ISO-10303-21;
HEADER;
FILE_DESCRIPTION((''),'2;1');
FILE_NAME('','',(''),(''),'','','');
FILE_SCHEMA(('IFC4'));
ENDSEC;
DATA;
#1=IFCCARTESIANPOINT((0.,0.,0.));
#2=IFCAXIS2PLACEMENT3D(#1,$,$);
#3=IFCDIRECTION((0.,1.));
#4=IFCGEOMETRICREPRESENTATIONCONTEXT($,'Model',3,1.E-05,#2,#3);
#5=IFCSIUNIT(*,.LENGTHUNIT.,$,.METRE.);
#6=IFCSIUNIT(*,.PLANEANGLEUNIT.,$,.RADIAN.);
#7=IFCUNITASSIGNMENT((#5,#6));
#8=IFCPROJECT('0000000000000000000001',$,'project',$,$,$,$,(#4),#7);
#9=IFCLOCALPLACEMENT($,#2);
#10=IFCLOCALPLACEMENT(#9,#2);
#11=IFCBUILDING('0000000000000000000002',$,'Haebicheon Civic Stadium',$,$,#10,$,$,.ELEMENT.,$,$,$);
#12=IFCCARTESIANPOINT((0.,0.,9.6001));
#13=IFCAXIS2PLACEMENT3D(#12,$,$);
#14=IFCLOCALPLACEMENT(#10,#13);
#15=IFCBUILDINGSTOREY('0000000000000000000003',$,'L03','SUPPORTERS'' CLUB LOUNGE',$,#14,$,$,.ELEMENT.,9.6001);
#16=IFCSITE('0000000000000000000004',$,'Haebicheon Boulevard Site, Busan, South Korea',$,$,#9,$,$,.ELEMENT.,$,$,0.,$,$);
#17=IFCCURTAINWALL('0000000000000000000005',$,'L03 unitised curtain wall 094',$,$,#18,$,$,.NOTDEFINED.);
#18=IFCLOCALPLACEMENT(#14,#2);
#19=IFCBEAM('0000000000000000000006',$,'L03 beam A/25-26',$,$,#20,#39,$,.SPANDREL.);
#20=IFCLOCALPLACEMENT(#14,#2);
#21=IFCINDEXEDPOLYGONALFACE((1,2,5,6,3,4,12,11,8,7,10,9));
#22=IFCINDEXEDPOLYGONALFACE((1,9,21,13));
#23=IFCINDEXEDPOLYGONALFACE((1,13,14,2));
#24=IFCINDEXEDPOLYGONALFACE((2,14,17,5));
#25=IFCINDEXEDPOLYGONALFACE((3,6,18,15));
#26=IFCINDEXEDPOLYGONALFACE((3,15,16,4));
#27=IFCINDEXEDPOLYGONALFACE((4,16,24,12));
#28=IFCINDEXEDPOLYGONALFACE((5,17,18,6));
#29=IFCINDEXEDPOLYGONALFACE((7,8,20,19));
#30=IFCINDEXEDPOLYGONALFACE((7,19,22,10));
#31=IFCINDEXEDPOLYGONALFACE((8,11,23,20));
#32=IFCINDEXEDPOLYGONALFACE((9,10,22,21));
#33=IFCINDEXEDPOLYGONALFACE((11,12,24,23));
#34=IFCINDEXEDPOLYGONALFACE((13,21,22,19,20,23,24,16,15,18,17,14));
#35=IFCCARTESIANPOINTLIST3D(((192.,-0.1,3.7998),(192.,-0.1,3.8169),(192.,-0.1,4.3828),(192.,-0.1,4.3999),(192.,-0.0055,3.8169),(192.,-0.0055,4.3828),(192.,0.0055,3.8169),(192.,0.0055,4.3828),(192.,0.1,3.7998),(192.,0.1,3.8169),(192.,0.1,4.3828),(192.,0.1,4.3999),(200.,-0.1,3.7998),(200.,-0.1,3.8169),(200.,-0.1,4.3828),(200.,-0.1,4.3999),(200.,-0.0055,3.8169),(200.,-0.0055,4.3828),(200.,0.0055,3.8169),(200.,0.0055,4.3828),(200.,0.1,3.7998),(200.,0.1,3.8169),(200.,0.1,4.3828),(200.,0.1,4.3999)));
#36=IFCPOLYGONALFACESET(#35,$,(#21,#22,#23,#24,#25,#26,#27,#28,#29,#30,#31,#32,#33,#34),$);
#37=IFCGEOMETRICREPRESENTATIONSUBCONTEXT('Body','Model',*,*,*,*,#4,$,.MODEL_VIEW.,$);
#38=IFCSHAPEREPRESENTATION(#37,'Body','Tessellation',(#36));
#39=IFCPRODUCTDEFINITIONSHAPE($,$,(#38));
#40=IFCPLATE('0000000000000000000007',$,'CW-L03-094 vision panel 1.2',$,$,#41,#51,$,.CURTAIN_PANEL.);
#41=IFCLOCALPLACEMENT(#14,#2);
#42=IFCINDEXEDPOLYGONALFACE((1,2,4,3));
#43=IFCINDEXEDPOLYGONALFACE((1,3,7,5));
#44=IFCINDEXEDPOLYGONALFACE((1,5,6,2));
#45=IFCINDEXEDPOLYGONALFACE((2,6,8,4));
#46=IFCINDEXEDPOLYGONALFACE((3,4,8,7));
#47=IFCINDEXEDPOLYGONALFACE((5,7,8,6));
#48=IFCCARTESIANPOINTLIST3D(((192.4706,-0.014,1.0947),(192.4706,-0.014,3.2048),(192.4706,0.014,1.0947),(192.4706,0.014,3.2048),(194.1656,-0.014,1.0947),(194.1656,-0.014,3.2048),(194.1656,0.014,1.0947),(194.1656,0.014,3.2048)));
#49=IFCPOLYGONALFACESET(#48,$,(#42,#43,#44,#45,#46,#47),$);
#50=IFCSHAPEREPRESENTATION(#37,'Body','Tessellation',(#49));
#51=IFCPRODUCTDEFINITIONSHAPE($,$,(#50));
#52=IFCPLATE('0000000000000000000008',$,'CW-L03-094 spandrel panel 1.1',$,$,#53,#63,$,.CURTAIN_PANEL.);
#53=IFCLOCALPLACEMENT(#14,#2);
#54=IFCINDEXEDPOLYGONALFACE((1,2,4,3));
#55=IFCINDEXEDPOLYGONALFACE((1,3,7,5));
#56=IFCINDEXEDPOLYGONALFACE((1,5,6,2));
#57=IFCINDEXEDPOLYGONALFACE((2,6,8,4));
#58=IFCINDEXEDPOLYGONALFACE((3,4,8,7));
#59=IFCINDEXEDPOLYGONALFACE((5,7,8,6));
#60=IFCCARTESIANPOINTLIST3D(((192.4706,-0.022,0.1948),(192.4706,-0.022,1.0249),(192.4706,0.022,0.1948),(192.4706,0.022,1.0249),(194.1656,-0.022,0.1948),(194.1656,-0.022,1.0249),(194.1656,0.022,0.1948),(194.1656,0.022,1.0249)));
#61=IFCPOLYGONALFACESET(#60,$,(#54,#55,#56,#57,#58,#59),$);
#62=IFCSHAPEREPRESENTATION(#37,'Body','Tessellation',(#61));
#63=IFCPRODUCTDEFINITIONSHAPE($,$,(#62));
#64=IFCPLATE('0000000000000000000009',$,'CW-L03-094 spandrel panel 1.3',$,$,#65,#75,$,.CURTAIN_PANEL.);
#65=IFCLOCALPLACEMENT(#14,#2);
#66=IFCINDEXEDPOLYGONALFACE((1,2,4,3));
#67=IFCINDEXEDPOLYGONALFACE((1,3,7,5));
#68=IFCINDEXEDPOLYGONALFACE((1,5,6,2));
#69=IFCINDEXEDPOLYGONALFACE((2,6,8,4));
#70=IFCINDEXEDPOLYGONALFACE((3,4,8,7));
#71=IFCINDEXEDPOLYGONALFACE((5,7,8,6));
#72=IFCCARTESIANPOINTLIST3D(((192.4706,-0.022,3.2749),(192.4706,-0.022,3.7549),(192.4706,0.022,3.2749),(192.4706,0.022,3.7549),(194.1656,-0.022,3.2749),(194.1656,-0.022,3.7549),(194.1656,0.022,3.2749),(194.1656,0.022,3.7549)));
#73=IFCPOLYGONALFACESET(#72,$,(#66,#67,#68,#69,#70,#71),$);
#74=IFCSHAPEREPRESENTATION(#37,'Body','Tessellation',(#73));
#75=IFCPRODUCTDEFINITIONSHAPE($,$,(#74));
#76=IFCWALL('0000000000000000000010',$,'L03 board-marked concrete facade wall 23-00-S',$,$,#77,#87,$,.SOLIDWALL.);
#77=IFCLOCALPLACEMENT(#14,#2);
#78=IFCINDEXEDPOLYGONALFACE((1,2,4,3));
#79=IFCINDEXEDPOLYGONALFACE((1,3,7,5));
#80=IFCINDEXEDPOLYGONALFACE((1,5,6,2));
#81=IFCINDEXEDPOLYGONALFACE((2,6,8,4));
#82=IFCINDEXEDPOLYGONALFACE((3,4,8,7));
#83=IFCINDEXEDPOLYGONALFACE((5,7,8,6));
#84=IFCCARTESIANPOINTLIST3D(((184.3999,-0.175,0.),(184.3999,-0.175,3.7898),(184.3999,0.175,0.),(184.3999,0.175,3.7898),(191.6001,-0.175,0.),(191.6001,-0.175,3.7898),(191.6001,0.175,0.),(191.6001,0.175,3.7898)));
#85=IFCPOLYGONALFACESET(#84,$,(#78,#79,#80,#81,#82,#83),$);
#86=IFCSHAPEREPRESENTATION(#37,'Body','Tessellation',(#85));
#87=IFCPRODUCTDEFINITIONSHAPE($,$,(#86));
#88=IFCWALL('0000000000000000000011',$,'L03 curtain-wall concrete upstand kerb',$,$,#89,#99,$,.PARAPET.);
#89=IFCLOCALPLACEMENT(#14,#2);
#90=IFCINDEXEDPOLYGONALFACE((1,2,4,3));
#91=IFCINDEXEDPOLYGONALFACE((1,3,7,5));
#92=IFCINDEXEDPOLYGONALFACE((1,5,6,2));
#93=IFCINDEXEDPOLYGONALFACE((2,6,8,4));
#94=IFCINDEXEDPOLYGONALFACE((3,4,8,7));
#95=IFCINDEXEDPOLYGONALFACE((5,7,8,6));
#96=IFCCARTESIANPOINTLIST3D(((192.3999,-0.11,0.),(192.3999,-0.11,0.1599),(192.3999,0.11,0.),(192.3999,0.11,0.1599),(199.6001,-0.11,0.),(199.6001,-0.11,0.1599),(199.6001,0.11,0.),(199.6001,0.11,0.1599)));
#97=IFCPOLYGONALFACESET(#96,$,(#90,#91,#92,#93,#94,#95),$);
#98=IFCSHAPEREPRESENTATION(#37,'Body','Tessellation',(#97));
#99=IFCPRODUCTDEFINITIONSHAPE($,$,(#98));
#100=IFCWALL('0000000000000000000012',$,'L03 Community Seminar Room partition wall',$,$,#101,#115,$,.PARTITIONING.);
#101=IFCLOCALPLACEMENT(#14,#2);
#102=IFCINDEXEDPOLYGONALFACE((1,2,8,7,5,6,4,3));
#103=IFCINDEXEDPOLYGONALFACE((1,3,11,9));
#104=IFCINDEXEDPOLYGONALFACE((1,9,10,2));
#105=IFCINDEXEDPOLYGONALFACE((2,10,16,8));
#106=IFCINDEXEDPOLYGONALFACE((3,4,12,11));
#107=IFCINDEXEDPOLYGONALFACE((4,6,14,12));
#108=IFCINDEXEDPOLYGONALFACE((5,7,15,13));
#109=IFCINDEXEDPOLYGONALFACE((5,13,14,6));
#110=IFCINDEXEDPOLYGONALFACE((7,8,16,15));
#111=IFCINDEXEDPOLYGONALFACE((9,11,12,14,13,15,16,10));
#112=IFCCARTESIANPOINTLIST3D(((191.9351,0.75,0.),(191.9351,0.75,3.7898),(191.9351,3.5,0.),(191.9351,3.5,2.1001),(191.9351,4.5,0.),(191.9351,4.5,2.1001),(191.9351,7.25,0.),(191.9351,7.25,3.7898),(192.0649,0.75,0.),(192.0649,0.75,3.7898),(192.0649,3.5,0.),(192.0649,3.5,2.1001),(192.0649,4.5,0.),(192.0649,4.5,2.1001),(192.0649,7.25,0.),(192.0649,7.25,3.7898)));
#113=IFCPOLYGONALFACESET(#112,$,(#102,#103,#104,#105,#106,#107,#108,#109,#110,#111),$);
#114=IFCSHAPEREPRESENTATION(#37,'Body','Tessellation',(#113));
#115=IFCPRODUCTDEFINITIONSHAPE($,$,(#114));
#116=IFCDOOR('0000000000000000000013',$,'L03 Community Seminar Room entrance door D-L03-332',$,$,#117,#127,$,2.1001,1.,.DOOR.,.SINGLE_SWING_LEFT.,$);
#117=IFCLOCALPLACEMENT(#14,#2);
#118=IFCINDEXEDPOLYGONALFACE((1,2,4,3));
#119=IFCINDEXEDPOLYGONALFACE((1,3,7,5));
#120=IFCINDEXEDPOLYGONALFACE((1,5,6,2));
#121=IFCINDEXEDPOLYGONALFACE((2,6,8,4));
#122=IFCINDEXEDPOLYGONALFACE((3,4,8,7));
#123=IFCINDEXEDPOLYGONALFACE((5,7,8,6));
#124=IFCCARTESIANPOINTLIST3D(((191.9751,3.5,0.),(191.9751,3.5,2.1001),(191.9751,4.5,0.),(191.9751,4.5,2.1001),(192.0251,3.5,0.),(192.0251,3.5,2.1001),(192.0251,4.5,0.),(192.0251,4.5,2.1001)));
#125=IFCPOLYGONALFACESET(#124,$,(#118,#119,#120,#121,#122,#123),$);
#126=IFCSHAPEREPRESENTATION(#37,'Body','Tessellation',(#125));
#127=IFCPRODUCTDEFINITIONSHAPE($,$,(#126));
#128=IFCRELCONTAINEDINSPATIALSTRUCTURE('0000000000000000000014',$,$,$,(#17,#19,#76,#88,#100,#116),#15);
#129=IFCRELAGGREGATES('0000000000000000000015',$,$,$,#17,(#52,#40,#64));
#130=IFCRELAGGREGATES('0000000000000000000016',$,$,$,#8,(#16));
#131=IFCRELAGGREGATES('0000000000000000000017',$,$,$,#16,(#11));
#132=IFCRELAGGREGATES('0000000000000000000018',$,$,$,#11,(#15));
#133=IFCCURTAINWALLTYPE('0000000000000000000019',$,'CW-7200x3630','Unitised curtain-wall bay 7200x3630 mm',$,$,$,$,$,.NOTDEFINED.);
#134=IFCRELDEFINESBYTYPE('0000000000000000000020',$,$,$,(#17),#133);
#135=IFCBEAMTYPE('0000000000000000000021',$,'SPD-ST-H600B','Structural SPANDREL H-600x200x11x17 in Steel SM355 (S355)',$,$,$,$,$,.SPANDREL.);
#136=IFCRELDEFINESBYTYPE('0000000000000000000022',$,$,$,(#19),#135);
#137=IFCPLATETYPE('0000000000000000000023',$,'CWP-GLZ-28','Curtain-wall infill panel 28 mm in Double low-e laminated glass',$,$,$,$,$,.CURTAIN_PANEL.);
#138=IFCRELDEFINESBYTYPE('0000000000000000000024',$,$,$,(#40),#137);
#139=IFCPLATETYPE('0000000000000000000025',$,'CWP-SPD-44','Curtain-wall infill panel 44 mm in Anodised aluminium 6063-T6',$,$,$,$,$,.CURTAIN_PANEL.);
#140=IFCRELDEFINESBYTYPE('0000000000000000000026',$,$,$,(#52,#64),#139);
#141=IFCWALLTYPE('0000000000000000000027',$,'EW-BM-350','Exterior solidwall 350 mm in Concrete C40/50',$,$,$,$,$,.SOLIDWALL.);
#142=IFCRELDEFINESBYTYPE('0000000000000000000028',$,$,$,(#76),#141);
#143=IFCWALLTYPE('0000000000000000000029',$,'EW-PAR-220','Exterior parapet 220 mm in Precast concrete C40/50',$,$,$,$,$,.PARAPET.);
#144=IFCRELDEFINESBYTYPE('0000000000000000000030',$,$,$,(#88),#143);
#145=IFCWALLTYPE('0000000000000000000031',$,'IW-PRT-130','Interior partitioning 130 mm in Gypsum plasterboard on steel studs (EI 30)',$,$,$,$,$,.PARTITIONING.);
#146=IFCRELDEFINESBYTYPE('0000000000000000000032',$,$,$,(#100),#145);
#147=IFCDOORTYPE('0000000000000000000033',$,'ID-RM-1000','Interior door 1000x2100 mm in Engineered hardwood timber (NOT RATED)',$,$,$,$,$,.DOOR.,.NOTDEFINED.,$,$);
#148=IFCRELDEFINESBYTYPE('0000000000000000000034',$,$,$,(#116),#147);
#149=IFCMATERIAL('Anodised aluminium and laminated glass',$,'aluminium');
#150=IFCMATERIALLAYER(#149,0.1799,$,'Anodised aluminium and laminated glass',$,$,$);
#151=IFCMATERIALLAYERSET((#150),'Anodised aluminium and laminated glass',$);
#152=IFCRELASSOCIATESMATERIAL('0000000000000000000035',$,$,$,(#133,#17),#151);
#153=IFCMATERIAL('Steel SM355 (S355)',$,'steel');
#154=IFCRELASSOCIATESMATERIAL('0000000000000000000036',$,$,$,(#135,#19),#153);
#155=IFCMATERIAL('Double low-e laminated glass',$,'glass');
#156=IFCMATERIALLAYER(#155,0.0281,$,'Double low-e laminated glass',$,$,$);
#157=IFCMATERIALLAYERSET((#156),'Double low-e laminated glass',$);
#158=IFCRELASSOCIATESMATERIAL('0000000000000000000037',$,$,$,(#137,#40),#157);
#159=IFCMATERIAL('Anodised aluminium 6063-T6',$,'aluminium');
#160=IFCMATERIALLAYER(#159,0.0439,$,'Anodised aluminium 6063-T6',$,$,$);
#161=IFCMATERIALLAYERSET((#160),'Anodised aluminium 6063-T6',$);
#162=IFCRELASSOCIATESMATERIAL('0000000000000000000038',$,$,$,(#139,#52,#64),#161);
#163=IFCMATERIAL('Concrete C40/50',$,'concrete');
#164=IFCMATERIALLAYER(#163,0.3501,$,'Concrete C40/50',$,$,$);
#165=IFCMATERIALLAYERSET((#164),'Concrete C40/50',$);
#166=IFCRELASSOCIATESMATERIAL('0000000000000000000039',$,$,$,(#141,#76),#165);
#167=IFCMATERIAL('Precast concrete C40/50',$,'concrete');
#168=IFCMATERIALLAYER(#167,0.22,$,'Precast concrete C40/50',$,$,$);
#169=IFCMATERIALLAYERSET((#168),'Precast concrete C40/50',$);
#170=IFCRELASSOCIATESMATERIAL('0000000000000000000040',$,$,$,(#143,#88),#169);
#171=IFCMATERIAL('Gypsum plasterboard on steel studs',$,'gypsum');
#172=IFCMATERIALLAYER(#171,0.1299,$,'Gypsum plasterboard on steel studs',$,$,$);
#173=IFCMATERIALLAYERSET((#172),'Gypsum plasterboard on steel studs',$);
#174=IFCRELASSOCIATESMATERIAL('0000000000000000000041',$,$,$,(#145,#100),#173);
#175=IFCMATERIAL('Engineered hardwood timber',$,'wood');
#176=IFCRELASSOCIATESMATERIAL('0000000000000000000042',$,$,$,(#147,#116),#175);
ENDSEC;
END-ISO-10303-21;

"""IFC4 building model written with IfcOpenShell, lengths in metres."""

from ifc_helpers import new_model, si_unit, direction, frame, frame_2d, origin, origin_2d, place, context, subcontext, project, spatial, rectangle, i_section, extrude, material, layer, layer_set, material_profile, profile_set, type_object, element, fill, aggregate, save


model = new_model("IFC4")

# Units and contexts
model_context = context("Model", 3, precision=1e-05, world=origin(), true_north=direction((0.0, 1.0)))
body_context = subcontext(model_context, "Body", "Model", "MODEL_VIEW")
ifc_project = project(units=[si_unit("LENGTHUNIT", "METRE"), si_unit("PLANEANGLEUNIT", "RADIAN")], contexts=[model_context])

# Site, building, storey
site_placement = place(None, origin())
site = spatial("IfcSite", under=ifc_project, at=site_placement, Name="Haebicheon Boulevard Site, Busan, South Korea", CompositionType="ELEMENT", RefElevation=0.0)
building_placement = place(site_placement, origin())
building = spatial("IfcBuilding", under=site, at=building_placement, Name="Haebicheon Civic Stadium", CompositionType="ELEMENT")
storey_placement = place(building_placement, frame((0.0, 0.0, 9.6001)))
storey = spatial("IfcBuildingStorey", under=building, at=storey_placement, Name="L03", Description="SUPPORTERS' CLUB LOUNGE", CompositionType="ELEMENT", Elevation=9.6001)

# Curtain wall
ifc_material_1 = material(Name="Anodised aluminium and laminated glass", Category="aluminium")
ifc_layer_1 = layer(ifc_material_1, 0.1799, Name="Anodised aluminium and laminated glass")
ifc_layer_set_1 = layer_set([ifc_layer_1], Name="Anodised aluminium and laminated glass")
curtain_wall_type = type_object("IfcCurtainWallType", Name="CW-7200x3630", Description="Unitised curtain-wall bay 7200x3630 mm", PredefinedType="NOTDEFINED", material=ifc_layer_set_1)
curtain_wall_placement = place(storey_placement, origin())
curtain_wall = element("IfcCurtainWall", 1, at=curtain_wall_placement, inside=storey, type_object=curtain_wall_type, material=ifc_layer_set_1, Name="L03 unitised curtain wall 094", PredefinedType="NOTDEFINED")

# Beam
ifc_material_2 = material(Name="Steel SM355 (S355)", Category="steel")
ifc_material_profile_1 = material_profile(ifc_material_2, i_section(OverallWidth=0.2, OverallDepth=0.6001, WebThickness=0.011, FlangeThickness=0.0171, at=origin_2d()), Name="H-600x200x11x17")
ifc_profile_set_1 = profile_set([ifc_material_profile_1], Name="Steel SM355 (S355)")
beam_type_1 = type_object("IfcBeamType", Name="SPD-ST-H600B", Description="Structural SPANDREL H-600x200x11x17 in Steel SM355 (S355)", PredefinedType="SPANDREL", material=ifc_profile_set_1)
for number, where, z_axis, x_axis, name in (
    (2, (192.0, 0.0, 4.0999), (1.0, 0.0, 0.0), (0.0, 1.0, 0.0), "L03 beam A/25-26"),
):
    element("IfcBeam", number, at=place(storey_placement, frame(where, z_axis=z_axis, x_axis=x_axis)), inside=storey, type_object=beam_type_1, material=ifc_profile_set_1, Name=name, PredefinedType="SPANDREL", context=body_context, shape_type="SweptSolid", body=[
        extrude(i_section(OverallWidth=0.2, OverallDepth=0.6001, WebThickness=0.011, FlangeThickness=0.0171, at=origin_2d()), origin(), (0.0, 0.0, 1.0), 8.0),
    ])

# Plates
ifc_material_3 = material(Name="Double low-e laminated glass", Category="glass")
ifc_layer_2 = layer(ifc_material_3, 0.0281, Name="Double low-e laminated glass")
ifc_layer_set_2 = layer_set([ifc_layer_2], Name="Double low-e laminated glass")
plate_type_1 = type_object("IfcPlateType", Name="CWP-GLZ-28", Description="Curtain-wall infill panel 28 mm in Double low-e laminated glass", PredefinedType="CURTAIN_PANEL", material=ifc_layer_set_2)
plate_1_placement = place(storey_placement, frame((193.3181, 0.0, 1.0947), z_axis=(0.0, 0.0, 1.0), x_axis=(1.0, 0.0, 0.0)))
plate_1 = element("IfcPlate", 3, at=plate_1_placement, type_object=plate_type_1, material=ifc_layer_set_2, Name="CW-L03-094 vision panel 1.2", PredefinedType="CURTAIN_PANEL", context=body_context, shape_type="SweptSolid", body=[
    extrude(rectangle(XDim=1.6951, YDim=0.0281, at=origin_2d()), origin(), (0.0, 0.0, 1.0), 2.1101),
])
ifc_material_4 = material(Name="Anodised aluminium 6063-T6", Category="aluminium")
ifc_layer_3 = layer(ifc_material_4, 0.0439, Name="Anodised aluminium 6063-T6")
ifc_layer_set_3 = layer_set([ifc_layer_3], Name="Anodised aluminium 6063-T6")
plate_type_2 = type_object("IfcPlateType", Name="CWP-SPD-44", Description="Curtain-wall infill panel 44 mm in Anodised aluminium 6063-T6", PredefinedType="CURTAIN_PANEL", material=ifc_layer_set_3)
plate_2_placement = place(storey_placement, frame((193.3181, 0.0, 0.1948), z_axis=(0.0, 0.0, 1.0), x_axis=(1.0, 0.0, 0.0)))
plate_2 = element("IfcPlate", 4, at=plate_2_placement, type_object=plate_type_2, material=ifc_layer_set_3, Name="CW-L03-094 spandrel panel 1.1", PredefinedType="CURTAIN_PANEL", context=body_context, shape_type="SweptSolid", body=[
    extrude(rectangle(XDim=1.6951, YDim=0.0439, at=origin_2d()), origin(), (0.0, 0.0, 1.0), 0.8301),
])
plate_3_placement = place(storey_placement, frame((193.3181, 0.0, 3.2749), z_axis=(0.0, 0.0, 1.0), x_axis=(1.0, 0.0, 0.0)))
plate_3 = element("IfcPlate", 5, at=plate_3_placement, type_object=plate_type_2, material=ifc_layer_set_3, Name="CW-L03-094 spandrel panel 1.3", PredefinedType="CURTAIN_PANEL", context=body_context, shape_type="SweptSolid", body=[
    extrude(rectangle(XDim=1.6951, YDim=0.0439, at=origin_2d()), origin(), (0.0, 0.0, 1.0), 0.48),
])
aggregate(curtain_wall, [plate_2, plate_1, plate_3])

# Walls
ifc_material_5 = material(Name="Concrete C40/50", Category="concrete")
ifc_layer_4 = layer(ifc_material_5, 0.3501, Name="Concrete C40/50")
ifc_layer_set_4 = layer_set([ifc_layer_4], Name="Concrete C40/50")
wall_type_1 = type_object("IfcWallType", Name="EW-BM-350", Description="Exterior solidwall 350 mm in Concrete C40/50", PredefinedType="SOLIDWALL", material=ifc_layer_set_4)
wall_1_placement = place(storey_placement, frame((184.3999, 0.0, 0.0), z_axis=(0.0, 0.0, 1.0), x_axis=(1.0, 0.0, 0.0)))
element("IfcWall", 6, at=wall_1_placement, inside=storey, type_object=wall_type_1, material=ifc_layer_set_4, Name="L03 board-marked concrete facade wall 23-00-S", PredefinedType="SOLIDWALL", context=body_context, shape_type="SweptSolid", body=[
    extrude(rectangle(XDim=7.2002, YDim=0.3501, at=frame_2d((3.6001, 0.0))), origin(), (0.0, 0.0, 1.0), 3.7898),
])
ifc_material_6 = material(Name="Precast concrete C40/50", Category="concrete")
ifc_layer_5 = layer(ifc_material_6, 0.22, Name="Precast concrete C40/50")
ifc_layer_set_5 = layer_set([ifc_layer_5], Name="Precast concrete C40/50")
wall_type_2 = type_object("IfcWallType", Name="EW-PAR-220", Description="Exterior parapet 220 mm in Precast concrete C40/50", PredefinedType="PARAPET", material=ifc_layer_set_5)
wall_2_placement = place(storey_placement, frame((192.3999, 0.0, 0.0), z_axis=(0.0, 0.0, 1.0), x_axis=(1.0, 0.0, 0.0)))
element("IfcWall", 7, at=wall_2_placement, inside=storey, type_object=wall_type_2, material=ifc_layer_set_5, Name="L03 curtain-wall concrete upstand kerb", PredefinedType="PARAPET", context=body_context, shape_type="SweptSolid", body=[
    extrude(rectangle(XDim=7.2002, YDim=0.22, at=frame_2d((3.6001, 0.0))), origin(), (0.0, 0.0, 1.0), 0.1599),
])

# Wall, opening, door
ifc_material_7 = material(Name="Gypsum plasterboard on steel studs", Category="gypsum")
ifc_layer_6 = layer(ifc_material_7, 0.1299, Name="Gypsum plasterboard on steel studs")
ifc_layer_set_6 = layer_set([ifc_layer_6], Name="Gypsum plasterboard on steel studs")
wall_type_3 = type_object("IfcWallType", Name="IW-PRT-130", Description="Interior partitioning 130 mm in Gypsum plasterboard on steel studs (EI 30)", PredefinedType="PARTITIONING", material=ifc_layer_set_6)
wall_3_placement = place(storey_placement, frame((192.0, 0.75, 0.0), z_axis=(0.0, 0.0, 1.0), x_axis=(0.0, 1.0, 0.0)))
wall_3 = element("IfcWall", 8, at=wall_3_placement, inside=storey, type_object=wall_type_3, material=ifc_layer_set_6, Name="L03 Community Seminar Room partition wall", PredefinedType="PARTITIONING", context=body_context, shape_type="SweptSolid", body=[
    extrude(rectangle(XDim=6.5, YDim=0.1299, at=frame_2d((3.25, 0.0))), origin(), (0.0, 0.0, 1.0), 3.7898),
])
opening_placement = place(wall_3_placement, frame((2.75, 0.0, 0.0)))
opening = element("IfcOpeningElement", 9, at=opening_placement, cuts=wall_3, PredefinedType="OPENING", context=body_context, shape_type="SweptSolid", body=[
    extrude(rectangle(XDim=1.0, YDim=2.1001, at=frame_2d((0.5, 1.05))), frame((0.0, 0.075, 0.0), z_axis=(0.0, -1.0, 0.0), x_axis=(1.0, 0.0, 0.0)), (0.0, 0.0, 1.0), 0.1499),
])
ifc_material_8 = material(Name="Engineered hardwood timber", Category="wood")
door_type = type_object("IfcDoorType", Name="ID-RM-1000", Description="Interior door 1000x2100 mm in Engineered hardwood timber (NOT RATED)", OperationType="NOTDEFINED", PredefinedType="DOOR", material=ifc_material_8)
door_placement = place(opening_placement, origin())
door = element("IfcDoor", 10, at=door_placement, inside=storey, type_object=door_type, material=ifc_material_8, Name="L03 Community Seminar Room entrance door D-L03-332", OperationType="SINGLE_SWING_LEFT", OverallHeight=2.1001, OverallWidth=1.0, PredefinedType="DOOR", context=body_context, shape_type="SweptSolid", body=[
    extrude(rectangle(XDim=1.0, YDim=2.1001, at=frame_2d((0.5, 1.05))), frame((0.0, 0.0249, 0.0), z_axis=(0.0, -1.0, 0.0), x_axis=(1.0, 0.0, 0.0)), (0.0, 0.0, 1.0), 0.05),
])
fill(opening, door)

save(model, "model.ifc")
